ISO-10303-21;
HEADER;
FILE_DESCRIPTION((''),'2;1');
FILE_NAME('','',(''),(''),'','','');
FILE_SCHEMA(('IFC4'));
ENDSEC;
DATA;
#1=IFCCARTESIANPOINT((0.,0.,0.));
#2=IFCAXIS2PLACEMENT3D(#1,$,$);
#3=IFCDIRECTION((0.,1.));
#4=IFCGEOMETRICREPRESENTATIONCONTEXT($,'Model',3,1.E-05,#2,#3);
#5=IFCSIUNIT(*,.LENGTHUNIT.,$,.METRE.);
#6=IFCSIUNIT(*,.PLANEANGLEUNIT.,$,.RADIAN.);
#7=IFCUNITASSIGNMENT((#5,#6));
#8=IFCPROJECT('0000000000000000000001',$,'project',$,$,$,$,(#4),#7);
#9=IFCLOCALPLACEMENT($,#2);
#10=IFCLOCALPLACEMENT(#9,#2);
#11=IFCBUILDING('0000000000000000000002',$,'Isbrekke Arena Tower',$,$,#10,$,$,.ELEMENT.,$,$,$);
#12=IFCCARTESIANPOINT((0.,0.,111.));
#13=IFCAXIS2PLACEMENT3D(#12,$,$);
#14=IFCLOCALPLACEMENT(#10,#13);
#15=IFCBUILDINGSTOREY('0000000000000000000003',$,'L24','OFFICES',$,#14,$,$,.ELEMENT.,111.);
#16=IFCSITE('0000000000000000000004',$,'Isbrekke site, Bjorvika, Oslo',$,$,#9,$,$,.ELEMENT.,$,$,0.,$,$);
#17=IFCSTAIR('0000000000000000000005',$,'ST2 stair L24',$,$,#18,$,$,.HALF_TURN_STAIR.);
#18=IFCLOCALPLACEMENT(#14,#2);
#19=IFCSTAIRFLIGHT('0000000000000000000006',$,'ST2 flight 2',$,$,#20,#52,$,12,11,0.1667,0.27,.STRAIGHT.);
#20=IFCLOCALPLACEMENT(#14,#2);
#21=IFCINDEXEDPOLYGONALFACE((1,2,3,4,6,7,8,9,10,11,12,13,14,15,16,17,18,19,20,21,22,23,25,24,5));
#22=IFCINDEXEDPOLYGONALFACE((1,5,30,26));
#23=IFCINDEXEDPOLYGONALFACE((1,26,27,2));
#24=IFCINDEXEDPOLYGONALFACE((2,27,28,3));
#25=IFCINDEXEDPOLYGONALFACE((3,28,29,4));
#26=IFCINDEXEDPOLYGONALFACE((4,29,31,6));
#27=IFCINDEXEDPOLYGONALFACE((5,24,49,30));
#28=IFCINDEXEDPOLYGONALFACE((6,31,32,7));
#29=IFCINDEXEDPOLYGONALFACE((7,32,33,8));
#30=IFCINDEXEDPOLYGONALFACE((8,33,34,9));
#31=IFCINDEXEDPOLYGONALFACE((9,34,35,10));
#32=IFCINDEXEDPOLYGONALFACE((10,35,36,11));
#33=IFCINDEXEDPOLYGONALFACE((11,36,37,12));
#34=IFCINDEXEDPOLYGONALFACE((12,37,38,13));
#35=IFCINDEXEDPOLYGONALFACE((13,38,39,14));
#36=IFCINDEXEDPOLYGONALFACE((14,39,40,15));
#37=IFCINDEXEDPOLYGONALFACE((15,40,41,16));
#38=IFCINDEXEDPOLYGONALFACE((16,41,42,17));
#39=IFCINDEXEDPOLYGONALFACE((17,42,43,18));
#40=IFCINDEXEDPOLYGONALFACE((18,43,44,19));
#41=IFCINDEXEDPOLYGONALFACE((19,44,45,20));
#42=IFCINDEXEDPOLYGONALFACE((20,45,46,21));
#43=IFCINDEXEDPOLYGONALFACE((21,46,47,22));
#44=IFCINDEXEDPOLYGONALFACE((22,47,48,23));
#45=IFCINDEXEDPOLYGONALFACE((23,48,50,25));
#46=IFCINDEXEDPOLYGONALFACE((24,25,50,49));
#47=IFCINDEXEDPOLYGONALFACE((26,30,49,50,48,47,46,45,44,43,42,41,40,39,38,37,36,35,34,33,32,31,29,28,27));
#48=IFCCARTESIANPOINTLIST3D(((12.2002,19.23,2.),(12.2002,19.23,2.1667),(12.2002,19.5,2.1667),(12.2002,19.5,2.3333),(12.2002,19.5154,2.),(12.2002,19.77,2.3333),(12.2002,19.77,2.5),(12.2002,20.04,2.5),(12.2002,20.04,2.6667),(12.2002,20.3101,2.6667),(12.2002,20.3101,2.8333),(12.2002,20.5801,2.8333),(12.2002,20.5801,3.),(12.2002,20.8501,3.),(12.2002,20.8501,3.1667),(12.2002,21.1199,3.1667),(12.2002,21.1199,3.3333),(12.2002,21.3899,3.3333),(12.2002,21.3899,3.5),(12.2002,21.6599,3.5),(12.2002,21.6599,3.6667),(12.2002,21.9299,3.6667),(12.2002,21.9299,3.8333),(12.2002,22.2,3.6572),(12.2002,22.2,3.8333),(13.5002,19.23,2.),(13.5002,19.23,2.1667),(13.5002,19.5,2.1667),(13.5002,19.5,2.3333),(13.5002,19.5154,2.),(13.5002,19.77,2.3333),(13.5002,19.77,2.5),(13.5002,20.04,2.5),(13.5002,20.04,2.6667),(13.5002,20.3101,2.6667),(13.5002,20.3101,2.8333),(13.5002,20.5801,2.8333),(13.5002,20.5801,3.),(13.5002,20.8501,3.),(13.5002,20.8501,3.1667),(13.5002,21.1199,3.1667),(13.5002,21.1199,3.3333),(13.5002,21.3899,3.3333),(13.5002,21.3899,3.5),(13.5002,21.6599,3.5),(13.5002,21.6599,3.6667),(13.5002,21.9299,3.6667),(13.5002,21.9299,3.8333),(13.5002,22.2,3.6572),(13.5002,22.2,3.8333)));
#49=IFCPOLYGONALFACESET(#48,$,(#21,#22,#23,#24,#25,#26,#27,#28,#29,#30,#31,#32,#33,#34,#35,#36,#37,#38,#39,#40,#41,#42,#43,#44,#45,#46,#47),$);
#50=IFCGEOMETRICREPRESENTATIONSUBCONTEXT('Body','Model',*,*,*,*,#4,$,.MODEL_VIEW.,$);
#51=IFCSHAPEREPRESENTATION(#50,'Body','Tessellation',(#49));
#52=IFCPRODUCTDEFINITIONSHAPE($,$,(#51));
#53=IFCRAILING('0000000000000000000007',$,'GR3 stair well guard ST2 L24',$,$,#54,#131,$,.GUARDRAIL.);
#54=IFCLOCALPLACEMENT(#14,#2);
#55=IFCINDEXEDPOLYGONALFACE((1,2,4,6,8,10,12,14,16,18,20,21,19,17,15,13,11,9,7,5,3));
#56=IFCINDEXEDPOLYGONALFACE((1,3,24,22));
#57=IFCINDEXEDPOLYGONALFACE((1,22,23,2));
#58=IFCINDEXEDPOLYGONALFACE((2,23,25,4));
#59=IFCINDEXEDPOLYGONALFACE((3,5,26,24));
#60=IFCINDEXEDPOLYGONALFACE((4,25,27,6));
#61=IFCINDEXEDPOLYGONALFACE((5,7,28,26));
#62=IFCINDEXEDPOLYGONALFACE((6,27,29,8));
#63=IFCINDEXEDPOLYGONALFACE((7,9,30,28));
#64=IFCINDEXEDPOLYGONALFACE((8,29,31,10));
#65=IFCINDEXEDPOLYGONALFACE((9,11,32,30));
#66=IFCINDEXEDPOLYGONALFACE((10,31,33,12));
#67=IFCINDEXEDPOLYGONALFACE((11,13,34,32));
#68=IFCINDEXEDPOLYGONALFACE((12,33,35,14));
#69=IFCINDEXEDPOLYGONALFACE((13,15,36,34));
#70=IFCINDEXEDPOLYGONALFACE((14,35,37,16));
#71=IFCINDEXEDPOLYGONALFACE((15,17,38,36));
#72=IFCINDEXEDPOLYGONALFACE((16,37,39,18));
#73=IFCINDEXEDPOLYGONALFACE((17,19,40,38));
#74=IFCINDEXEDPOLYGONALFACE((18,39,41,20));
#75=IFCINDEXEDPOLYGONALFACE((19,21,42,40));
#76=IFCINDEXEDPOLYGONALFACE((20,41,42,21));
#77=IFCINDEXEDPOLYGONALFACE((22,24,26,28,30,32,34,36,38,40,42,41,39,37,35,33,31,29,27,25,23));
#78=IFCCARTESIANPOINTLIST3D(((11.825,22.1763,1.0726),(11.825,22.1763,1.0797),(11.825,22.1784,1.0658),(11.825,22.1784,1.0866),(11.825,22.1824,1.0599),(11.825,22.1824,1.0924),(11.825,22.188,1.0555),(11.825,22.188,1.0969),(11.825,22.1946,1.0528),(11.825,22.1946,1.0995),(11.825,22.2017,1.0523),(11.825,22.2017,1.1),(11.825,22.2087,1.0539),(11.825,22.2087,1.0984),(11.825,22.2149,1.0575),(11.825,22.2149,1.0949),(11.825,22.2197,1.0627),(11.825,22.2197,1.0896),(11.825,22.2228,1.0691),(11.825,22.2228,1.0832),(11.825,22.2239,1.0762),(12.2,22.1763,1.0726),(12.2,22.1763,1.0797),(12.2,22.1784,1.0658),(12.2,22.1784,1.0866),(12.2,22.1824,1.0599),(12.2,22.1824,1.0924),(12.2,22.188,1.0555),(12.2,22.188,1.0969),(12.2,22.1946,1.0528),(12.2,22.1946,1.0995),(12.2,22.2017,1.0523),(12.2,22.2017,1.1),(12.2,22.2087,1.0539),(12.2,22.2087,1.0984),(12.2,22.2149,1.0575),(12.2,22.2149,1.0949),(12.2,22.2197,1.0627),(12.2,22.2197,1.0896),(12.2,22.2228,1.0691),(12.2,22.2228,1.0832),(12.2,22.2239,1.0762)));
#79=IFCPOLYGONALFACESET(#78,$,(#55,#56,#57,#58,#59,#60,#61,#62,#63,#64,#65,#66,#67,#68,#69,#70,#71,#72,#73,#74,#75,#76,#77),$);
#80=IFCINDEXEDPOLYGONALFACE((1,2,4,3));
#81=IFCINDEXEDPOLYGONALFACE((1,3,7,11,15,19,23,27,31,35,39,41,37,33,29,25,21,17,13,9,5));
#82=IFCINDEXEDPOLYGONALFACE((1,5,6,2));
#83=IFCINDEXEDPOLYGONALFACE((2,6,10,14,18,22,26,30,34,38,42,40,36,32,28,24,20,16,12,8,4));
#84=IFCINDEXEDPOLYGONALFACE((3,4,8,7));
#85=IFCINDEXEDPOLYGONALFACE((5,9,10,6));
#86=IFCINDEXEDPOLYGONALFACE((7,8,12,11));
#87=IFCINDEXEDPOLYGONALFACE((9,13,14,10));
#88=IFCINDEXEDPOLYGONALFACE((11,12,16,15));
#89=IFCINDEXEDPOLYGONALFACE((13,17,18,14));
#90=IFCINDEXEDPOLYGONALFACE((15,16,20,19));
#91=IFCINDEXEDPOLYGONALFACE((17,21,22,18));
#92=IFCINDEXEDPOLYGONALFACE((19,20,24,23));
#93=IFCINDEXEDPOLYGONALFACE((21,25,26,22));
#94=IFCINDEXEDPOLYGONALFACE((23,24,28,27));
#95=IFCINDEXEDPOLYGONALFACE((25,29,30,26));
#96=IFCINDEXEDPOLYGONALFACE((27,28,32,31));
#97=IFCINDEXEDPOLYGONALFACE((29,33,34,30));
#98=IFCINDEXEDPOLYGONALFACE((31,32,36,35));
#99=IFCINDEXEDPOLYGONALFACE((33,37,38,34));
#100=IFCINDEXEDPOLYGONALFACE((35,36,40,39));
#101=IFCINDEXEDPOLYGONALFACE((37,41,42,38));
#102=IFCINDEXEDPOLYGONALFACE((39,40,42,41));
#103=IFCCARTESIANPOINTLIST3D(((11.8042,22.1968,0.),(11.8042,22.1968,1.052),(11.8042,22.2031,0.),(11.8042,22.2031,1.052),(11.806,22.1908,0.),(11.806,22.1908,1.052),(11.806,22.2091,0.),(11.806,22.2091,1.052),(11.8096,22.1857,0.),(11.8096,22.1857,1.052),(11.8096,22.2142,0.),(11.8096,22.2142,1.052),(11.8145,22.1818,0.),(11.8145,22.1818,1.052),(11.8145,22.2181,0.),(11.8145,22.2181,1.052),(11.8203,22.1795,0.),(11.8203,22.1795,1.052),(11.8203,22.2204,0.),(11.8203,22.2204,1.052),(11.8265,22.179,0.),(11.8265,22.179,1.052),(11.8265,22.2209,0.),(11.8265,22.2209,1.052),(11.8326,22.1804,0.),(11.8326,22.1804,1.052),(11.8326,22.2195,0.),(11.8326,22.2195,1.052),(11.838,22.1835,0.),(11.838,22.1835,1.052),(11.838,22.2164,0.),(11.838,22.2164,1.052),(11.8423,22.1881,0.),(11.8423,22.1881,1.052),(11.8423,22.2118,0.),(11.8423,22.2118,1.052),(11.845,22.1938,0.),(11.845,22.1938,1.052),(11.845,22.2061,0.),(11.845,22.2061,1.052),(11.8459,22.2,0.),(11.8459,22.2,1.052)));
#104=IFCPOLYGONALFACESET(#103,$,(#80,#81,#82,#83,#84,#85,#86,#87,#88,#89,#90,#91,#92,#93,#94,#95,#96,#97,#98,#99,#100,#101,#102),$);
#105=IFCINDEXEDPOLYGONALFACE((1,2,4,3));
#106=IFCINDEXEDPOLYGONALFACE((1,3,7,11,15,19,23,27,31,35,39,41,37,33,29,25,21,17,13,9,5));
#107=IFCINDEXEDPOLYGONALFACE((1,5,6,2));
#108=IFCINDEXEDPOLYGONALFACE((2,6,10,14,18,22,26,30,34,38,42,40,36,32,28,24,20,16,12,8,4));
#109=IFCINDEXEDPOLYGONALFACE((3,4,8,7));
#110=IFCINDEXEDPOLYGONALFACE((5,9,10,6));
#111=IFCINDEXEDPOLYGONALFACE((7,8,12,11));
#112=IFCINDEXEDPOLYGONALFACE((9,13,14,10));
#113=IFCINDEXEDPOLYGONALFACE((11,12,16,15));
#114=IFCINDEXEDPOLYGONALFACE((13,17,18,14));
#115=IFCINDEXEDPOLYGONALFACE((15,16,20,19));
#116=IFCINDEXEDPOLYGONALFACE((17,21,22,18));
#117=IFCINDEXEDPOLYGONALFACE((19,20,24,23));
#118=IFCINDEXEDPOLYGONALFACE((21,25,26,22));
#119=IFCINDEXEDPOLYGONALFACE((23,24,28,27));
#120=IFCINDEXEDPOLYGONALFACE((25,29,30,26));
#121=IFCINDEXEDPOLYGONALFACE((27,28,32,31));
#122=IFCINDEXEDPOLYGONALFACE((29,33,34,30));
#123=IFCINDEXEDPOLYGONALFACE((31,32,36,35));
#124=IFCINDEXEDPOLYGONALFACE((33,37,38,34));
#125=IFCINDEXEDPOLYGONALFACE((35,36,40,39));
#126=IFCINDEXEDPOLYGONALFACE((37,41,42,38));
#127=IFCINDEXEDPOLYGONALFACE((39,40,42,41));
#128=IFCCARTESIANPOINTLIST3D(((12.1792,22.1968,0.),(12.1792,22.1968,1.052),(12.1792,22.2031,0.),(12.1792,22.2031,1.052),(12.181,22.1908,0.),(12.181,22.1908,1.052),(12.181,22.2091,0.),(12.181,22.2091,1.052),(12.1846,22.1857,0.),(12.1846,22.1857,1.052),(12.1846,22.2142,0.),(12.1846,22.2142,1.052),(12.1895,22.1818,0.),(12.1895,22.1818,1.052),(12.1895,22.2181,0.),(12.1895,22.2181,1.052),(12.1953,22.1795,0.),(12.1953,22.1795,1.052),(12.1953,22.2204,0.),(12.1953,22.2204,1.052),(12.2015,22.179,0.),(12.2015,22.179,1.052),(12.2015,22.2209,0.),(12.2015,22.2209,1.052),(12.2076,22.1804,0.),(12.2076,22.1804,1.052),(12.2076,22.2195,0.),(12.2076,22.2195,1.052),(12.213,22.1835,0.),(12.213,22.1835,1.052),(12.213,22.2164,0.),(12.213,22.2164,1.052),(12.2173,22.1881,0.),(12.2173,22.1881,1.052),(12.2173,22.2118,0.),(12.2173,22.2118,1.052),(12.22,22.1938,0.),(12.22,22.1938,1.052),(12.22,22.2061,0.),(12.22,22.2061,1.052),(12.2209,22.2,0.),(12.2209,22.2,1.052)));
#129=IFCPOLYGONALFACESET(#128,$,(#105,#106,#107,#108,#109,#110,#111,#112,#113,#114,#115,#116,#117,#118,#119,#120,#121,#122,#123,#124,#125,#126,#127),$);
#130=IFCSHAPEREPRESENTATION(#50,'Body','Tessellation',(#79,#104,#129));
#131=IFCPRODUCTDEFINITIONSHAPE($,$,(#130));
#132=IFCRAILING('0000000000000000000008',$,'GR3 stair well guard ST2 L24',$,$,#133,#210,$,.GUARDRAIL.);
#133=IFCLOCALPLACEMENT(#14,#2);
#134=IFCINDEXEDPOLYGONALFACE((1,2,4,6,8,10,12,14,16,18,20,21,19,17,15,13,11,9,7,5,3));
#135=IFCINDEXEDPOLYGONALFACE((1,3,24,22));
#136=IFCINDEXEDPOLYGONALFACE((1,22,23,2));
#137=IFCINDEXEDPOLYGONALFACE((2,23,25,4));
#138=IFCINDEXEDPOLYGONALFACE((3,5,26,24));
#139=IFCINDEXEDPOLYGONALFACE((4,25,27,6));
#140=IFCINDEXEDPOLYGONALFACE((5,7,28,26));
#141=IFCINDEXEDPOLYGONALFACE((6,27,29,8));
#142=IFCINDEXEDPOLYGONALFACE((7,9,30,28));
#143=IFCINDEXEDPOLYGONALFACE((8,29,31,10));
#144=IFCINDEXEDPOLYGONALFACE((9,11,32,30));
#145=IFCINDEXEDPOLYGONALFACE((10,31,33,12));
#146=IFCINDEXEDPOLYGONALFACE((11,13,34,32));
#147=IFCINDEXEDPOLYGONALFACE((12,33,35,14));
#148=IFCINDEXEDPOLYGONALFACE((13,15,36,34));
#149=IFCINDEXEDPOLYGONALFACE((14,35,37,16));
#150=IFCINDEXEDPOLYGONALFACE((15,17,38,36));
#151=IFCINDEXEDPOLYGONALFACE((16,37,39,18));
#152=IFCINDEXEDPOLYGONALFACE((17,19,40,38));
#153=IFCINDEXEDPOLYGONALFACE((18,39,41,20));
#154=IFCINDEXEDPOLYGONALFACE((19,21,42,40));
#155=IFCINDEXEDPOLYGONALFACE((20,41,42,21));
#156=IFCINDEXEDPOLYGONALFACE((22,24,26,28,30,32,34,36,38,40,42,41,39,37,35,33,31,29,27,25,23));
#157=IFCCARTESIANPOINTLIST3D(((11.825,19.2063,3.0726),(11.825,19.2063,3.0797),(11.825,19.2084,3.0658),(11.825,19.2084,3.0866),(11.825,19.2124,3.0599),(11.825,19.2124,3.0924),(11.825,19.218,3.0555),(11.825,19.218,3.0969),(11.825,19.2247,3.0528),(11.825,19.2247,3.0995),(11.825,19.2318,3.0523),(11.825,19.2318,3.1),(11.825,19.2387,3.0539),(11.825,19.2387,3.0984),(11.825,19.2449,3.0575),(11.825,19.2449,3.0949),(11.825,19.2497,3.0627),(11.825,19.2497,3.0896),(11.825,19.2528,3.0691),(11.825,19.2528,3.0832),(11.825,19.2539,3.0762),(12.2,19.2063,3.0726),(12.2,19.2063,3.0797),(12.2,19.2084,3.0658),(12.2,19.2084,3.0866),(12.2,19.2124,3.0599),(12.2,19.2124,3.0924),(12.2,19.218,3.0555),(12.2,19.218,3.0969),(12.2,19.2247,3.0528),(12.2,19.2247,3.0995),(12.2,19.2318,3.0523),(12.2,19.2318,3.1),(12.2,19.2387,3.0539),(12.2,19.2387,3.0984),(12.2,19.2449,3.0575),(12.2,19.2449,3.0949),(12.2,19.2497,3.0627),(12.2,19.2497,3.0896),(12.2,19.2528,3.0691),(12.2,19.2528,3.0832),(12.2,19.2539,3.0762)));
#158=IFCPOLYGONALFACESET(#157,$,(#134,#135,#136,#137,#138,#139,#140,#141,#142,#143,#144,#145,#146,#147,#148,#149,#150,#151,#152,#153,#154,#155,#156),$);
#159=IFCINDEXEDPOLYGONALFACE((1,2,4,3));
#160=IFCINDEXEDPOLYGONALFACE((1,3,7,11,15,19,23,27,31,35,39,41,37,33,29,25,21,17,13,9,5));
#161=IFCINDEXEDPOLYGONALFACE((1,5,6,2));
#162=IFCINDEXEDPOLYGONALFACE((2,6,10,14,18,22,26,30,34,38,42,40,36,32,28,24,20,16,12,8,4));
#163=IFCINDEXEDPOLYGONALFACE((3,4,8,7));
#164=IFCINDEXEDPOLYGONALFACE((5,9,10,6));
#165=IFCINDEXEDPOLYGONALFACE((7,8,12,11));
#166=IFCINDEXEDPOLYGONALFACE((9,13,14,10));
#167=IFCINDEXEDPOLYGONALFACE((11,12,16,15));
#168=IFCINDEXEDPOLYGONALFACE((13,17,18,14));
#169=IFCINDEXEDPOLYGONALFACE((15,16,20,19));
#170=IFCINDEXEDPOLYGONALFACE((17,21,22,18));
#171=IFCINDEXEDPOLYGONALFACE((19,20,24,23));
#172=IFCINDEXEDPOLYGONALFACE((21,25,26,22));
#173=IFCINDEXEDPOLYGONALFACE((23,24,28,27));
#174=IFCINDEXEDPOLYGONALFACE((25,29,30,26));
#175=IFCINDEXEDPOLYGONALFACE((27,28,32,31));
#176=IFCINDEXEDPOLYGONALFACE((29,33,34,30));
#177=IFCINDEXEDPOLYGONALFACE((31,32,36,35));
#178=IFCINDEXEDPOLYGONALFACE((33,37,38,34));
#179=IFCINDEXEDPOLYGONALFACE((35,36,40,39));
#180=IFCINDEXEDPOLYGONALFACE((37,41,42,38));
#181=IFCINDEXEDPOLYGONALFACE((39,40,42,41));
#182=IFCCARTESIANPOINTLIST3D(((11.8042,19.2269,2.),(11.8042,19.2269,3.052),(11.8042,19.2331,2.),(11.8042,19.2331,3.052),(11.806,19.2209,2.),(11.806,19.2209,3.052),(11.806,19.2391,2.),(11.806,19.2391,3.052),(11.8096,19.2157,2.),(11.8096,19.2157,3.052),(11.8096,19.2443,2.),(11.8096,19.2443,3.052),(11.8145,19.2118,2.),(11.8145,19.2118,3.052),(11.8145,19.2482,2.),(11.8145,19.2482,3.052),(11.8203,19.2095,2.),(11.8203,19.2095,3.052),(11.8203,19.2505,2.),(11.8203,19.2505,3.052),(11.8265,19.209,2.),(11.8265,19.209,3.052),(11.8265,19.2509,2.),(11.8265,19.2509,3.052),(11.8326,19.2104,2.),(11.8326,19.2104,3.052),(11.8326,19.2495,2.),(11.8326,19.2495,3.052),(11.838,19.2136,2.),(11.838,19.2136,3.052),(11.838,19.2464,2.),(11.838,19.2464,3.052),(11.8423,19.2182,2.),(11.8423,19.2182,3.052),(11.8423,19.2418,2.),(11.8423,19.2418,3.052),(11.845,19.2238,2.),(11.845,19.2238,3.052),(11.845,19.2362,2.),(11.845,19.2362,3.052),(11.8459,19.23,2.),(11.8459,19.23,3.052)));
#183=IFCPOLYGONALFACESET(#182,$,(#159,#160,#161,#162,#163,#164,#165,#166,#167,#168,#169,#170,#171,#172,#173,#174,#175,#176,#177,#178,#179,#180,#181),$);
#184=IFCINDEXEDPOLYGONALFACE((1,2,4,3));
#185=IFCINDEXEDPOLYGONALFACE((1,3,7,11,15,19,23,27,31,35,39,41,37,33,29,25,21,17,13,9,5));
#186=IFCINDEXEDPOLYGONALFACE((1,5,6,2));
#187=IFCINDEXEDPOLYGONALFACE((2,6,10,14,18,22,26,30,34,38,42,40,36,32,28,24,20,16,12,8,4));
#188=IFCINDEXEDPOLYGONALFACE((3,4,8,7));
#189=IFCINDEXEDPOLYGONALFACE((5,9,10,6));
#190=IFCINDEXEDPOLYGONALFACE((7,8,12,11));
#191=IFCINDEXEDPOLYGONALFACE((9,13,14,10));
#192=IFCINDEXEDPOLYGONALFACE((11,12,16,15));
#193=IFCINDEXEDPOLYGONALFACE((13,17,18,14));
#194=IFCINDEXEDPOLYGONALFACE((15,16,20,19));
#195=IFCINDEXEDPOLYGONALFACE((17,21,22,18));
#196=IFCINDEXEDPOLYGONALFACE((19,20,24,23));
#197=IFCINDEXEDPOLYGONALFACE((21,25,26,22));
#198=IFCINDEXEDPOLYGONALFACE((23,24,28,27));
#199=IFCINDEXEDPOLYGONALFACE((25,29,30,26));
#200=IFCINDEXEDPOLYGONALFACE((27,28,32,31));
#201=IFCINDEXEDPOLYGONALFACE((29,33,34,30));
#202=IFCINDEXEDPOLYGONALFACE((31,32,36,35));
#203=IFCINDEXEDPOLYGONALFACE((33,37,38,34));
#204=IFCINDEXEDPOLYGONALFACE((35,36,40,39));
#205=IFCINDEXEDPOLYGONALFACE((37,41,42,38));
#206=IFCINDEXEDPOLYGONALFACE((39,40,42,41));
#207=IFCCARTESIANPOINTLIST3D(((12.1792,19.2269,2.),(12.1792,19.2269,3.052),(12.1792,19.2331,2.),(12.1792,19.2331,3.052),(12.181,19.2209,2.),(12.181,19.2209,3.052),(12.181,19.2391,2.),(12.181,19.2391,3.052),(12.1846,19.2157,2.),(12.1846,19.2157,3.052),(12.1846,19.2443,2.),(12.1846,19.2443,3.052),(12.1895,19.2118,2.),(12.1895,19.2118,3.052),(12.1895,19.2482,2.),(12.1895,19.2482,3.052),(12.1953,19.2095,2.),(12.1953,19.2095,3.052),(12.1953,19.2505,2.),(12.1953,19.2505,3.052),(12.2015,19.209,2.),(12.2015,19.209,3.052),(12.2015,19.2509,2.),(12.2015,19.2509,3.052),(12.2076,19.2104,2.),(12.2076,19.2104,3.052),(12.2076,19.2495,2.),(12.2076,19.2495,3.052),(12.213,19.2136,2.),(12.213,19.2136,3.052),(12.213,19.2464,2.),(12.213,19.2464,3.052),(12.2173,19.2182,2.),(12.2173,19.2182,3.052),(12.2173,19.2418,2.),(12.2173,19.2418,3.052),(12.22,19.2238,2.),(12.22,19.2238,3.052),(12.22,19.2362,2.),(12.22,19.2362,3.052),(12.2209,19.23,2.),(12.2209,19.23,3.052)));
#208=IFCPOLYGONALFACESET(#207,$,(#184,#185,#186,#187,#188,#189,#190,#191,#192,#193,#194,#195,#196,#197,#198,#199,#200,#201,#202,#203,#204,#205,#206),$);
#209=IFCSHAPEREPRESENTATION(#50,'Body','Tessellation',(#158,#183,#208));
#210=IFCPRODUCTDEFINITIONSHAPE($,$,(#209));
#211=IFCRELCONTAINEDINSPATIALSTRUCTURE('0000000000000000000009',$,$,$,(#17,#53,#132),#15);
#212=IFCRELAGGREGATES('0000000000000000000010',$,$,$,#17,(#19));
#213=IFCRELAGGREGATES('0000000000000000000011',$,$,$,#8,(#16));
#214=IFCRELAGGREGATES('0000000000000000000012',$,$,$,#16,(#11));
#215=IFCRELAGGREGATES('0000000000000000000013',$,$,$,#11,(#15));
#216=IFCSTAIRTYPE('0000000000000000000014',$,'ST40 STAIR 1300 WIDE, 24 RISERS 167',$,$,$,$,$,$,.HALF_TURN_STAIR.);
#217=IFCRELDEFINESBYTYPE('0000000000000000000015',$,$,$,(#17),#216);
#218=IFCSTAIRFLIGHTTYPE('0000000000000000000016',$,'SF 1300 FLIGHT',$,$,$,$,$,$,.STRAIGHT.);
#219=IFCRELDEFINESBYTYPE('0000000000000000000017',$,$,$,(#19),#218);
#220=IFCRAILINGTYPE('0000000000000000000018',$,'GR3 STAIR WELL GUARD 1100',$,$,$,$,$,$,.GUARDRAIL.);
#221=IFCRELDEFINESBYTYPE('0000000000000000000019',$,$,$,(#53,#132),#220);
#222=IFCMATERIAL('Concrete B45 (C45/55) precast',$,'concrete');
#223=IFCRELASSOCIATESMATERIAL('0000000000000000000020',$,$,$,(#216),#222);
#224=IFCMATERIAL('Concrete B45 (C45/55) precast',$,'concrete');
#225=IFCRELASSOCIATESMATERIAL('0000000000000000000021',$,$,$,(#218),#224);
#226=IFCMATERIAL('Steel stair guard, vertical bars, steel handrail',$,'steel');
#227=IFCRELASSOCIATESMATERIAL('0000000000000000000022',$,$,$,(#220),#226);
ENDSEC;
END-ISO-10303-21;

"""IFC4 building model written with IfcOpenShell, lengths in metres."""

from ifc_helpers import new_model, si_unit, direction, frame, origin, origin_2d, place, context, subcontext, project, spatial, polyline, circle, outline, extrude, material, type_object, element, aggregate, save


model = new_model("IFC4")

# Units and contexts
model_context = context("Model", 3, precision=1e-05, world=origin(), true_north=direction((0.0, 1.0)))
body_context = subcontext(model_context, "Body", "Model", "MODEL_VIEW")
ifc_project = project(units=[si_unit("LENGTHUNIT", "METRE"), si_unit("PLANEANGLEUNIT", "RADIAN")], contexts=[model_context])

# Site, building, storey
site_placement = place(None, origin())
site = spatial("IfcSite", under=ifc_project, at=site_placement, Name="Isbrekke site, Bjorvika, Oslo", CompositionType="ELEMENT", RefElevation=0.0)
building_placement = place(site_placement, origin())
building = spatial("IfcBuilding", under=site, at=building_placement, Name="Isbrekke Arena Tower", CompositionType="ELEMENT")
storey_placement = place(building_placement, frame((0.0, 0.0, 111.0)))
storey = spatial("IfcBuildingStorey", under=building, at=storey_placement, Name="L24", Description="OFFICES", CompositionType="ELEMENT", Elevation=111.0)

# Stair, stair flight
ifc_material_1 = material(Name="Concrete B45 (C45/55) precast", Category="concrete")
stair_type = type_object("IfcStairType", Name="ST40 STAIR 1300 WIDE, 24 RISERS 167", PredefinedType="HALF_TURN_STAIR", material=ifc_material_1)
stair_placement = place(storey_placement, origin())
stair = element("IfcStair", 1, at=stair_placement, inside=storey, type_object=stair_type, Name="ST2 stair L24", PredefinedType="HALF_TURN_STAIR")
ifc_material_2 = material(Name="Concrete B45 (C45/55) precast", Category="concrete")
stair_flight_type = type_object("IfcStairFlightType", Name="SF 1300 FLIGHT", PredefinedType="STRAIGHT", material=ifc_material_2)
stair_flight_1_placement = place(storey_placement, frame((12.8501, 19.23, 2.0), z_axis=(0.0, 0.0, 1.0), x_axis=(0.0, 1.0, 0.0)))
stair_flight_1 = element("IfcStairFlight", 2, at=stair_flight_1_placement, type_object=stair_flight_type, Name="ST2 flight 2", NumberOfRisers=12, NumberOfTreads=11, PredefinedType="STRAIGHT", RiserHeight=0.1667, TreadLength=0.27, context=body_context, shape_type="SweptSolid", body=[
    extrude(outline(polyline([(0.0, 0.0), (0.0, 0.1667), (0.27, 0.1667), (0.27, 0.3333), (0.54, 0.3333), (0.54, 0.5), (0.8101, 0.5), (0.8101, 0.6667), (1.0801, 0.6667), (1.0801, 0.8333), (1.3501, 0.8333), (1.3501, 1.0), (1.6201, 1.0), (1.6201, 1.1667), (1.8899, 1.1667), (1.8899, 1.3333), (2.1599, 1.3333), (2.1599, 1.5), (2.4299, 1.5), (2.4299, 1.6667), (2.7, 1.6667), (2.7, 1.8333), (2.97, 1.8333), (2.97, 2.0), (2.97, 1.6572), (0.2854, 0.0), (0.0, 0.0)])), frame((0.0, 0.6499, 0.0), z_axis=(0.0, -1.0, 0.0), x_axis=(1.0, 0.0, 0.0)), (0.0, 0.0, 1.0), 1.3),
])
aggregate(stair, [stair_flight_1])

# Railings
ifc_material_3 = material(Name="Steel stair guard, vertical bars, steel handrail", Category="steel")
railing_type = type_object("IfcRailingType", Name="GR3 STAIR WELL GUARD 1100", PredefinedType="GUARDRAIL", material=ifc_material_3)
for number, where, name in (
    (3, (11.825, 22.2, 0.0), "GR3 stair well guard ST2 L24"),
    (4, (11.825, 19.23, 2.0), "GR3 stair well guard ST2 L24"),
):
    element("IfcRailing", number, at=place(storey_placement, frame(where)), inside=storey, type_object=railing_type, Name=name, PredefinedType="GUARDRAIL", context=body_context, shape_type="SweptSolid", body=[
        extrude(circle(Radius=0.0239, at=origin_2d()), frame((0.0, 0.0, 1.0762), z_axis=(1.0, 0.0, 0.0), x_axis=(0.0, 1.0, 0.0)), (0.0, 0.0, 1.0), 0.375),
        extrude(circle(Radius=0.021, at=origin_2d()), origin(), (0.0, 0.0, 1.0), 1.052),
        extrude(circle(Radius=0.021, at=origin_2d()), frame((0.375, 0.0, 0.0)), (0.0, 0.0, 1.0), 1.052),
    ])

save(model, "model.ifc")
